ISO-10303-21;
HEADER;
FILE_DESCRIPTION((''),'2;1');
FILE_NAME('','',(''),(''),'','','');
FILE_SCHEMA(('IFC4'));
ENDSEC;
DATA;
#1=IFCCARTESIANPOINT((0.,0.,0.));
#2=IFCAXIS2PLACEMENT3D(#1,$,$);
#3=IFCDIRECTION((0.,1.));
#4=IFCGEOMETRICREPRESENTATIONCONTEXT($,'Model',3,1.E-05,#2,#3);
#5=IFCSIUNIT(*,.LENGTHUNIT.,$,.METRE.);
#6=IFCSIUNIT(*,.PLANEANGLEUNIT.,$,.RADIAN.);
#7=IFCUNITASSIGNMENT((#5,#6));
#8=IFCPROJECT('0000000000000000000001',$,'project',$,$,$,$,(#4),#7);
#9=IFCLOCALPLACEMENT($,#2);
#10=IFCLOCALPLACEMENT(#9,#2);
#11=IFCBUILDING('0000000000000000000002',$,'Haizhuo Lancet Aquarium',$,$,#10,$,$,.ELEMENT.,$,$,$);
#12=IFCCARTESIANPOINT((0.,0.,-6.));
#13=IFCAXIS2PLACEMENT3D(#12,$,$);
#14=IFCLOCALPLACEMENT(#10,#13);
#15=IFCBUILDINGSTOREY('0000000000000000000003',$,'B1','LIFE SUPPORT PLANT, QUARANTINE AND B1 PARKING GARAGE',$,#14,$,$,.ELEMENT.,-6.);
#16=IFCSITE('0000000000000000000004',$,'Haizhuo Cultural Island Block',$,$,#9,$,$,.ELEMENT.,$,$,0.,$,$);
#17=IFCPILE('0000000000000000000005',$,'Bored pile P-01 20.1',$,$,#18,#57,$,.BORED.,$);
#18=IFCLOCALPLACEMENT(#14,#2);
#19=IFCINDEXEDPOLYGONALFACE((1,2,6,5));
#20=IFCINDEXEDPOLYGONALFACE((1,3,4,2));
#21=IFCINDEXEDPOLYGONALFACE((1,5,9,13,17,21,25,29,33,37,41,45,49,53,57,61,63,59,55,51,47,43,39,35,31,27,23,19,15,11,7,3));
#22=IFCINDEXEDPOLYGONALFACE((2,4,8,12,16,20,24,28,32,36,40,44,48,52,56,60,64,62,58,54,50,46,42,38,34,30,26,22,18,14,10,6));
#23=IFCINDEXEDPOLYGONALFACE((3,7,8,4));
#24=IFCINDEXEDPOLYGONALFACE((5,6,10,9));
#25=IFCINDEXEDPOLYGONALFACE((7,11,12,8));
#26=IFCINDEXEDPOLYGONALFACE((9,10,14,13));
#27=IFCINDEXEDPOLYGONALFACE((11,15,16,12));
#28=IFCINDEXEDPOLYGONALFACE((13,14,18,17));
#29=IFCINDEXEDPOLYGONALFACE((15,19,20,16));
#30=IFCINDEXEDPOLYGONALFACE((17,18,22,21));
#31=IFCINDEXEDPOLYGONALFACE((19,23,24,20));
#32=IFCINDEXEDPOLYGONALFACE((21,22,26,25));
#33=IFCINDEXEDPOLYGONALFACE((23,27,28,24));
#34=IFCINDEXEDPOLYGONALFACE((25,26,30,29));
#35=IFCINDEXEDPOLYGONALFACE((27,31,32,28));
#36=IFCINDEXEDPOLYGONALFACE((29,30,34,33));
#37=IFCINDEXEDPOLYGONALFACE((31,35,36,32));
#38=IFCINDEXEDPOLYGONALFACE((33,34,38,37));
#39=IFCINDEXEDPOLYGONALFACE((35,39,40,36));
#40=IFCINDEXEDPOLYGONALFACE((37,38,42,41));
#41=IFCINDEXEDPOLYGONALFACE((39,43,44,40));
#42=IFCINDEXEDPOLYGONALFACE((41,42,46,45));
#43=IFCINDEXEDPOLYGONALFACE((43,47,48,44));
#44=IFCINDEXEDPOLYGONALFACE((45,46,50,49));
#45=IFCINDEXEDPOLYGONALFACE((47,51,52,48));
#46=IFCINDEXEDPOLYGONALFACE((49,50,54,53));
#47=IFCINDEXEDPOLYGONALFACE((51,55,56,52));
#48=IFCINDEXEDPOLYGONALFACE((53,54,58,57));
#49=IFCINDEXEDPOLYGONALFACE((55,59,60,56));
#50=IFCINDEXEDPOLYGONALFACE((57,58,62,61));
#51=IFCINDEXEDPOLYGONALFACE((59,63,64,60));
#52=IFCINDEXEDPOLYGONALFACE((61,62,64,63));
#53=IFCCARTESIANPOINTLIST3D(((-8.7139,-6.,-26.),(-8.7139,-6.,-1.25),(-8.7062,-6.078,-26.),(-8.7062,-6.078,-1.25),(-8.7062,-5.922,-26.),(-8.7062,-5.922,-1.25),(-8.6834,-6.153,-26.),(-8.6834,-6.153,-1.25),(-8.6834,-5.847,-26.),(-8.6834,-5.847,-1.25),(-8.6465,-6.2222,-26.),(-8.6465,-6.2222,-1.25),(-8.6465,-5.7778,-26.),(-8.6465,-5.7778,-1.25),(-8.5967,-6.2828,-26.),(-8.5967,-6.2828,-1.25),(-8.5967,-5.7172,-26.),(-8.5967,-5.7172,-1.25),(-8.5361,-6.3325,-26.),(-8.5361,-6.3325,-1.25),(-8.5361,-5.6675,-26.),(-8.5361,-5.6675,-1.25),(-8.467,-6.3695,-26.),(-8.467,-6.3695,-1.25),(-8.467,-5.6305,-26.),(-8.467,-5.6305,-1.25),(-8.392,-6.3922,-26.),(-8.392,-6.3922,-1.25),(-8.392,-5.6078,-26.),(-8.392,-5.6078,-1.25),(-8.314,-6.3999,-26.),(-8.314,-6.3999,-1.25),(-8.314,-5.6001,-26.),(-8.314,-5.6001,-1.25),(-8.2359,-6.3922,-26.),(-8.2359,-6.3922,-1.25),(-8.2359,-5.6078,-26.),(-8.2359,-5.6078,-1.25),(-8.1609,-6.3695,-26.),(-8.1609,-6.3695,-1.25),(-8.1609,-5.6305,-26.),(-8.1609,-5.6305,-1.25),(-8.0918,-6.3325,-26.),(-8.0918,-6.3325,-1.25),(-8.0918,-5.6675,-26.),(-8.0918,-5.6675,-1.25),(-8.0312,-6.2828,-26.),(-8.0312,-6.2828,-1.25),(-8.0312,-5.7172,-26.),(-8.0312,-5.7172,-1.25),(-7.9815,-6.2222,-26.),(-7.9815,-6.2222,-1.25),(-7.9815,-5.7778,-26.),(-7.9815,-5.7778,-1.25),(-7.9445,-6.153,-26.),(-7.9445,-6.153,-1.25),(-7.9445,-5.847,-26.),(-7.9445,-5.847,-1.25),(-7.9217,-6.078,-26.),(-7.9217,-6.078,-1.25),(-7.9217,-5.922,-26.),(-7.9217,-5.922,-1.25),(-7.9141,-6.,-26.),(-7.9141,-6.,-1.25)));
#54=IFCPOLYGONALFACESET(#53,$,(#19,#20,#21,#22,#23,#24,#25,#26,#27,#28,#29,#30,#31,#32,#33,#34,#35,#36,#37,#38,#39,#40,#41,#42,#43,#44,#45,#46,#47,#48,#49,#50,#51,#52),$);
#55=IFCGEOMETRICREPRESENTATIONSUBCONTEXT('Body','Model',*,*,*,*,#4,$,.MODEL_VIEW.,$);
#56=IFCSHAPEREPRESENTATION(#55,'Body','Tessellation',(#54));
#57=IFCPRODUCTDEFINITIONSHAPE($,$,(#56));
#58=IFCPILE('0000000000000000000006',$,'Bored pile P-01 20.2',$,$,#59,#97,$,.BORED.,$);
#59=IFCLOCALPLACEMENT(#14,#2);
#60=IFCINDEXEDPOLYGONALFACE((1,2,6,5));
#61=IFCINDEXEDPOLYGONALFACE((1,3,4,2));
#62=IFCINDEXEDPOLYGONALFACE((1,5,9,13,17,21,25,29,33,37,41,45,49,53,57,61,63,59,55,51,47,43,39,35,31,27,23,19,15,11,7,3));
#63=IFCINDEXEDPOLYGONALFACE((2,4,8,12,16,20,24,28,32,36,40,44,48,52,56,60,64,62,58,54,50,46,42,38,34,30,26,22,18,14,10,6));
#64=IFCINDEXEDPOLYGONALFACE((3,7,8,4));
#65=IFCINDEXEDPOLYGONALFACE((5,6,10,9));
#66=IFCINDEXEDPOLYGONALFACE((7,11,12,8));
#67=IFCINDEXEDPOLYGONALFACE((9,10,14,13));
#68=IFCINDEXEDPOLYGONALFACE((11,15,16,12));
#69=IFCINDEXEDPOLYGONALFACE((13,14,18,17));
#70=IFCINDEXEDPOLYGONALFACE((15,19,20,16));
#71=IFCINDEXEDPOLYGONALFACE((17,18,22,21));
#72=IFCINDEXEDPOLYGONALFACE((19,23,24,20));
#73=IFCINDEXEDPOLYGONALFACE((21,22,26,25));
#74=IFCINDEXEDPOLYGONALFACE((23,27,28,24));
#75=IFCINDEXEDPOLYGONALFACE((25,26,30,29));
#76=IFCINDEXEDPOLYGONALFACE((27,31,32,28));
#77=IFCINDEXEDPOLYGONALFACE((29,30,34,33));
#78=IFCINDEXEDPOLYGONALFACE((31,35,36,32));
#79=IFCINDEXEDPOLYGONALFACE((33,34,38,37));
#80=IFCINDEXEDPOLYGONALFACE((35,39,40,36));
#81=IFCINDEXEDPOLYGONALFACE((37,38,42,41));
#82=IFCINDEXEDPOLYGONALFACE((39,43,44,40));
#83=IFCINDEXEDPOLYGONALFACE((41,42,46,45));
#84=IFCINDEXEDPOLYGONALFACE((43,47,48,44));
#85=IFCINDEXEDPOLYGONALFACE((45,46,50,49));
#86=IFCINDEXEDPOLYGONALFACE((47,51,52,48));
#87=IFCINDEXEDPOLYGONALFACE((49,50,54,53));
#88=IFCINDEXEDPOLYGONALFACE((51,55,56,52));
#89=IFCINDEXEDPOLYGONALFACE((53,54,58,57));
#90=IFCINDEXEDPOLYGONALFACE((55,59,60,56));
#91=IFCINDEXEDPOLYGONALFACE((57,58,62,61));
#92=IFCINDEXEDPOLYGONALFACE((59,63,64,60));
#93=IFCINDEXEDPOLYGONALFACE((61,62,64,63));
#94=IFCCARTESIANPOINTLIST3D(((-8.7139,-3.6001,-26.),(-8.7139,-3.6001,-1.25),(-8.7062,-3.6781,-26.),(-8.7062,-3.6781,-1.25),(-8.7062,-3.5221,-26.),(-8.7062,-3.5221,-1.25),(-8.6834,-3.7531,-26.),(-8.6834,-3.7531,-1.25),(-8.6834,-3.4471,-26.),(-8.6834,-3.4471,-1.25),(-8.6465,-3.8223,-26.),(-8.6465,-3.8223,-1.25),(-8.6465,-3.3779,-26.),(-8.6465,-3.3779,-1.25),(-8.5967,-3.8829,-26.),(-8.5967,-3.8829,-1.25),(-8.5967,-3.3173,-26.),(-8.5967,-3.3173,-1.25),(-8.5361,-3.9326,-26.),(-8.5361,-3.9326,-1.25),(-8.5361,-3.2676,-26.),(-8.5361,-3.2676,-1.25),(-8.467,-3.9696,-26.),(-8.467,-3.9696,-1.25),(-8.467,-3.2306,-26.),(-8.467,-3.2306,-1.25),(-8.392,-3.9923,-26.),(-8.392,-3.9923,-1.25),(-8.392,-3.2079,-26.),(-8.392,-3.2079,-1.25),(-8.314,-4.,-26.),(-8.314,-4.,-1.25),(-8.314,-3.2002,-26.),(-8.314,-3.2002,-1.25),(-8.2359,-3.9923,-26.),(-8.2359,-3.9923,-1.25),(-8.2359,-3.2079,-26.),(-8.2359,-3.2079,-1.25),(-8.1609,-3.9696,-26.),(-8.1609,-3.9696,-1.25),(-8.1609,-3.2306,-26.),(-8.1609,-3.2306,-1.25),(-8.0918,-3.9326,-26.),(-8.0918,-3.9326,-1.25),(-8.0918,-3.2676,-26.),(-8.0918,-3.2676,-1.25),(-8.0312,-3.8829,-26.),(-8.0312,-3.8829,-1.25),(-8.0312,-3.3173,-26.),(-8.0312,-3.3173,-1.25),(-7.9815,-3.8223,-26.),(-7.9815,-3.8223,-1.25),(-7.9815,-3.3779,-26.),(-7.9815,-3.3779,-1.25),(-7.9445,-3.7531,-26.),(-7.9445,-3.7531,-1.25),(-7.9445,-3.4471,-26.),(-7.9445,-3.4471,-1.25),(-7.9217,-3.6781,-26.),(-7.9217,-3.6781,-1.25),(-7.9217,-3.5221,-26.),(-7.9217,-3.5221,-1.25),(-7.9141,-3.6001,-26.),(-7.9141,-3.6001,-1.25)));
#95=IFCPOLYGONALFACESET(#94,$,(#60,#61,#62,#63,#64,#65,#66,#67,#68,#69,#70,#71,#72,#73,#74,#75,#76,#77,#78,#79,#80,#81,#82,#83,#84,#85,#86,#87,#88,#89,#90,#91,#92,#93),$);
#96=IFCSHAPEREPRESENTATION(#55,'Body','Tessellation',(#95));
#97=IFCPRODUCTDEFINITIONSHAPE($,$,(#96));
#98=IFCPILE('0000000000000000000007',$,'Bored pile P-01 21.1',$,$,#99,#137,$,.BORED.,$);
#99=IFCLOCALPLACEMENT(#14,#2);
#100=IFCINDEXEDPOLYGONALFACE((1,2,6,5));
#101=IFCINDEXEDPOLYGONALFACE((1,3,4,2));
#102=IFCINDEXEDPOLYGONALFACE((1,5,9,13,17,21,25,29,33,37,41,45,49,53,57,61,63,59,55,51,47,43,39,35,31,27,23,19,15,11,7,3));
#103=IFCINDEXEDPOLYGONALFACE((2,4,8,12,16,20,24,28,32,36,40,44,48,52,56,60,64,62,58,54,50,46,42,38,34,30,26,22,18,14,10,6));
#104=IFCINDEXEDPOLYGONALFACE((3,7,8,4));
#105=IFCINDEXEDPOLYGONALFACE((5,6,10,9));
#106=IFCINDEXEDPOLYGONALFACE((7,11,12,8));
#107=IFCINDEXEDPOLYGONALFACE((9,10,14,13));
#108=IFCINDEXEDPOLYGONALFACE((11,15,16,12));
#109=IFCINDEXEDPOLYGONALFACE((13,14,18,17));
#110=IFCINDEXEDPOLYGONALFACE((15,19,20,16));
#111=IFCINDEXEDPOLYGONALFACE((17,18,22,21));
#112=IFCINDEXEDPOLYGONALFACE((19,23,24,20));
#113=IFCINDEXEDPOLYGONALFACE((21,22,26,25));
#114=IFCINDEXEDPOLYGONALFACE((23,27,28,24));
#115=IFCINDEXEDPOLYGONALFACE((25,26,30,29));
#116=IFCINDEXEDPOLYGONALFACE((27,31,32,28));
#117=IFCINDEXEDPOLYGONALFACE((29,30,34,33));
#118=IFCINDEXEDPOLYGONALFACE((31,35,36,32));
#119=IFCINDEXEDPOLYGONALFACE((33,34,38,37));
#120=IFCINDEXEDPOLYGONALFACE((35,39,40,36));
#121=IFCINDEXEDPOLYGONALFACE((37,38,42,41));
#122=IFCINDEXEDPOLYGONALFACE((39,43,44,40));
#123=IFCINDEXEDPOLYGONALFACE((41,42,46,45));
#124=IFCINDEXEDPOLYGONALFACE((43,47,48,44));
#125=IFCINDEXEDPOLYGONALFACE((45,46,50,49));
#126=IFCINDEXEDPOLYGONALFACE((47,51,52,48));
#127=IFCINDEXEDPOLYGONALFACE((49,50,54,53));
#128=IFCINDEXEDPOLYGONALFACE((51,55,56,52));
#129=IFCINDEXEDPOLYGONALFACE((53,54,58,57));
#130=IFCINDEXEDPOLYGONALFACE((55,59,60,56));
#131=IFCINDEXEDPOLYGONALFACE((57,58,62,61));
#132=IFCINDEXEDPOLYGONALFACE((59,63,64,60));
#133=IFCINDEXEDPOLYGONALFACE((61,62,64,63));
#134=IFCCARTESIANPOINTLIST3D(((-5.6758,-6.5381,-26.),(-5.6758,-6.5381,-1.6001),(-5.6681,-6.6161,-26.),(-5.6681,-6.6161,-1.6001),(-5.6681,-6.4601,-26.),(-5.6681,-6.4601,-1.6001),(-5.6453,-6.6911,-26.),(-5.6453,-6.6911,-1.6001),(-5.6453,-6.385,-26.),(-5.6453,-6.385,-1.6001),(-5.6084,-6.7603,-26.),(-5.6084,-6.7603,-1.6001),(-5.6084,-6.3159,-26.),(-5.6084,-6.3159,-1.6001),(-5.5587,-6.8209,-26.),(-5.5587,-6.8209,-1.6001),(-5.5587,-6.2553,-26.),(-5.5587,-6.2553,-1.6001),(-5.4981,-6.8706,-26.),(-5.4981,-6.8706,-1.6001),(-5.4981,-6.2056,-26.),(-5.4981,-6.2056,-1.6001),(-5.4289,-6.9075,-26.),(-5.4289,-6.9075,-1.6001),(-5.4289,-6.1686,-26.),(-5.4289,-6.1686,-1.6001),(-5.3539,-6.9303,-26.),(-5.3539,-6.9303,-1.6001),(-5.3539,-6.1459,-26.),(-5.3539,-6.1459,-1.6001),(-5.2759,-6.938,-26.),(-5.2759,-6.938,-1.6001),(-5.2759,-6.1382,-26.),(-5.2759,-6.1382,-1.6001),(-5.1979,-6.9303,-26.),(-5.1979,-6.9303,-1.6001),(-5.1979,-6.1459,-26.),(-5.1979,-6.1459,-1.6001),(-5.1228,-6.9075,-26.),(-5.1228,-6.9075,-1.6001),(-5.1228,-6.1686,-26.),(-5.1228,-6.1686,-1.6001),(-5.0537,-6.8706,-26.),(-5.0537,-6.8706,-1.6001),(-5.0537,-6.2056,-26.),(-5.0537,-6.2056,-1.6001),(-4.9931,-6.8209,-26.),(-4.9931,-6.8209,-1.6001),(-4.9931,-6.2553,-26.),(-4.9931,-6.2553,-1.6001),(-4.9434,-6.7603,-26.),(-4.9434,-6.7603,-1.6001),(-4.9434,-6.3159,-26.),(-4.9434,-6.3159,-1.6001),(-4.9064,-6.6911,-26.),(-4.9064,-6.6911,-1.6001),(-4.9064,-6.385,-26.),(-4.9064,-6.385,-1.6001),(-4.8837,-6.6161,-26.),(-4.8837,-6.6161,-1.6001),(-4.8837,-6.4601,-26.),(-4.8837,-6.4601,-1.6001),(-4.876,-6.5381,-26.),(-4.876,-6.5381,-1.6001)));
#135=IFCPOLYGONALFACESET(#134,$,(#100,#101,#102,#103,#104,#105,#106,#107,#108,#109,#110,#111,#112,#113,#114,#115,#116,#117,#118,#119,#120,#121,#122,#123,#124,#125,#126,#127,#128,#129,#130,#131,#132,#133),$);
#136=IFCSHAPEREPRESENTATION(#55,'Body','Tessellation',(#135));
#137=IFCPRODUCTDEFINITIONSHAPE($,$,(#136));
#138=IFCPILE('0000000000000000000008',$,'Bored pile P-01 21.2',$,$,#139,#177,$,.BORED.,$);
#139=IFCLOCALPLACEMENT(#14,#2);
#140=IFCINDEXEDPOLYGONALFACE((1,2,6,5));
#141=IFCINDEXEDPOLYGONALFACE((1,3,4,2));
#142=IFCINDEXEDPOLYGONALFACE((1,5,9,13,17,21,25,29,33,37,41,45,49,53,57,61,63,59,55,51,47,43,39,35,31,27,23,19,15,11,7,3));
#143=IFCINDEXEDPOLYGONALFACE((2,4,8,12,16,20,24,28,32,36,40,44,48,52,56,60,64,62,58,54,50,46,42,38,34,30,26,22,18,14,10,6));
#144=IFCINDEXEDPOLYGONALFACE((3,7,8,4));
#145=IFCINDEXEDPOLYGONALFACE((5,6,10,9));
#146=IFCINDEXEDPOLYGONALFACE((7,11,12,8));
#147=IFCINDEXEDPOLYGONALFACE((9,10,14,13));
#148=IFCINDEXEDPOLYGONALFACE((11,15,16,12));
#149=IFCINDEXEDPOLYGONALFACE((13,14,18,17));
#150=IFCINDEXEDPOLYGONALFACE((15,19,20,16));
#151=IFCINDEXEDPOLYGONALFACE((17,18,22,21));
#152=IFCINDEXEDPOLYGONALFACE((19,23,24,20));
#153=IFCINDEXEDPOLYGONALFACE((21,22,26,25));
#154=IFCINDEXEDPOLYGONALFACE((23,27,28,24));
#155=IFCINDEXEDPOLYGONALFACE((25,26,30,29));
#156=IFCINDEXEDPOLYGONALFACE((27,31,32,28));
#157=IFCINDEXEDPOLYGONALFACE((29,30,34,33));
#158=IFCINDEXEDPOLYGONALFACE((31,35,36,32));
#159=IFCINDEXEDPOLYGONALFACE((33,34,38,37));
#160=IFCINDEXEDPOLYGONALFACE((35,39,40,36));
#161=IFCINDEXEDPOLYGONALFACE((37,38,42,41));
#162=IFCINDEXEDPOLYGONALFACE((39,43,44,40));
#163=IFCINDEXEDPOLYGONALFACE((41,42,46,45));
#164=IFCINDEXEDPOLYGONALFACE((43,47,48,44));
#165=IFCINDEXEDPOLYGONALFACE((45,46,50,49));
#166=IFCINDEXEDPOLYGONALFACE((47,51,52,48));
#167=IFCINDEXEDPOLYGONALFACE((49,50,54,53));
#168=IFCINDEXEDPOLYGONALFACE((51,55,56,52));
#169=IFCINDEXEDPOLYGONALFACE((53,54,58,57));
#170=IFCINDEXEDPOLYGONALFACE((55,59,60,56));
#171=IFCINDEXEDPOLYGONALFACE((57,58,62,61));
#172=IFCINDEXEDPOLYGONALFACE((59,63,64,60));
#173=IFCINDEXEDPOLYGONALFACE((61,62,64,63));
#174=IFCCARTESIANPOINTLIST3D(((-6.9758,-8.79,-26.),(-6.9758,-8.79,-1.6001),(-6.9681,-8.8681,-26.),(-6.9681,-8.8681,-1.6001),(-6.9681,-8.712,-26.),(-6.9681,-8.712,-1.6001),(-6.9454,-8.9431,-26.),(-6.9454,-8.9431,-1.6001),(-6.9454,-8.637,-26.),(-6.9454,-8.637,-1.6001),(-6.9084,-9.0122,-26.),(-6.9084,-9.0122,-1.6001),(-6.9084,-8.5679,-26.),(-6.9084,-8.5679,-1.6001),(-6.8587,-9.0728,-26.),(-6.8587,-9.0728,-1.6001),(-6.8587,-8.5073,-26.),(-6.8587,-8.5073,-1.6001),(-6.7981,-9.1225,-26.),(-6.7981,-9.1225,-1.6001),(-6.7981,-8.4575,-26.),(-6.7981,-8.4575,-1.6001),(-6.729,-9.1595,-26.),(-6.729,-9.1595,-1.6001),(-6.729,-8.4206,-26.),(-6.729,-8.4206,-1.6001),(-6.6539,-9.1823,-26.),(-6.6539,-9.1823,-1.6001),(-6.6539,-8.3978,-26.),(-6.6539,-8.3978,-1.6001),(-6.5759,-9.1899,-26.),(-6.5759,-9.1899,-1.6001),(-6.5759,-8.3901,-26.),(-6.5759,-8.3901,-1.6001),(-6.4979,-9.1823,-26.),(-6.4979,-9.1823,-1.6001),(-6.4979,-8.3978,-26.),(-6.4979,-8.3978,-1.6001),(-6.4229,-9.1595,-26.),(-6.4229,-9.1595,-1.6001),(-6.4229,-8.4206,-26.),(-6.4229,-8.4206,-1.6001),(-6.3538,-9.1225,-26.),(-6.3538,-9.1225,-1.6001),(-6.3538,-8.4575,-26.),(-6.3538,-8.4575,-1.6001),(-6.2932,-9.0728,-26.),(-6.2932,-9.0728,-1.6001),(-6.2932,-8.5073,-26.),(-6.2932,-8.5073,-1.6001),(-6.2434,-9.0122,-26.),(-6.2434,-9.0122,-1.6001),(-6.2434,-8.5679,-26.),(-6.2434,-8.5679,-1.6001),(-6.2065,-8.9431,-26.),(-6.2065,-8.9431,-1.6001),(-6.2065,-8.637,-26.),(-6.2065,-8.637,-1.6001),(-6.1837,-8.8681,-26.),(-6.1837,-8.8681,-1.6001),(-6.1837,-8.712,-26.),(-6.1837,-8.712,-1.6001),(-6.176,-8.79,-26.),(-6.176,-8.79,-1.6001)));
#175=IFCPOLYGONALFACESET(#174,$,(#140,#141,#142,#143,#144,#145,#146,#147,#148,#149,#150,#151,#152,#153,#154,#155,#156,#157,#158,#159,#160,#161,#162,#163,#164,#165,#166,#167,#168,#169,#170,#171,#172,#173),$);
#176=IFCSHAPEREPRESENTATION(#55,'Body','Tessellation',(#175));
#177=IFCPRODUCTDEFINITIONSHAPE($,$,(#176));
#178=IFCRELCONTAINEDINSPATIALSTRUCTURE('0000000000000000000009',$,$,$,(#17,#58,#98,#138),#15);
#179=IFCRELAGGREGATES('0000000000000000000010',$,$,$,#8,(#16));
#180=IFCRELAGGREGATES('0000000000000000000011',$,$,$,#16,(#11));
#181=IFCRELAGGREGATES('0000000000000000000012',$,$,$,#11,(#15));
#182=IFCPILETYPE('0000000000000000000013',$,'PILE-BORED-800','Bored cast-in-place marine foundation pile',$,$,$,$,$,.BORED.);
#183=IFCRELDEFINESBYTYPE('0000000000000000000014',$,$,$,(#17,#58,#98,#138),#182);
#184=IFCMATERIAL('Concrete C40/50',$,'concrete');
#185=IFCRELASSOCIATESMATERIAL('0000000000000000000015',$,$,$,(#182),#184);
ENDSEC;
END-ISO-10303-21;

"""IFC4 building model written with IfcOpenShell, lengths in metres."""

from ifc_helpers import new_model, si_unit, direction, frame, origin, origin_2d, place, context, subcontext, project, spatial, circle, extrude, material, material_profile, profile_set, type_object, element, save


model = new_model("IFC4")

# Units and contexts
model_context = context("Model", 3, precision=1e-05, world=origin(), true_north=direction((0.0, 1.0)))
body_context = subcontext(model_context, "Body", "Model", "MODEL_VIEW")
ifc_project = project(units=[si_unit("LENGTHUNIT", "METRE"), si_unit("PLANEANGLEUNIT", "RADIAN")], contexts=[model_context])

# Site, building, storey
site_placement = place(None, origin())
site = spatial("IfcSite", under=ifc_project, at=site_placement, Name="Haizhuo Cultural Island Block", CompositionType="ELEMENT", RefElevation=0.0)
building_placement = place(site_placement, origin())
building = spatial("IfcBuilding", under=site, at=building_placement, Name="Haizhuo Lancet Aquarium", CompositionType="ELEMENT")
storey_placement = place(building_placement, frame((0.0, 0.0, -6.0)))
storey = spatial("IfcBuildingStorey", under=building, at=storey_placement, Name="B1", Description="LIFE SUPPORT PLANT, QUARANTINE AND B1 PARKING GARAGE", CompositionType="ELEMENT", Elevation=-6.0)

# Shared definitions
ifc_material_1 = material(Name="Concrete C40/50", Category="concrete")

# Piles
ifc_material_profile_1 = material_profile(ifc_material_1, circle(Radius=0.3999, at=origin_2d()), Name="PILE-800")
ifc_profile_set_1 = profile_set([ifc_material_profile_1], Name="Concrete C40/50")
pile_type_1 = type_object("IfcPileType", Name="PILE-BORED-800", Description="Bored cast-in-place marine foundation pile", PredefinedType="BORED", material=ifc_profile_set_1)
for number, where, z_axis, x_axis, name in (
    (1, (-8.314, -6.0, -1.25), (0.0, 0.0, -1.0), (1.0, 0.0, 0.0), "Bored pile P-01 20.1"),
    (2, (-8.314, -3.6001, -1.25), (0.0, 0.0, -1.0), (1.0, 0.0, 0.0), "Bored pile P-01 20.2"),
):
    element("IfcPile", number, at=place(storey_placement, frame(where, z_axis=z_axis, x_axis=x_axis)), inside=storey, type_object=pile_type_1, Name=name, PredefinedType="BORED", context=body_context, shape_type="SweptSolid", body=[
        extrude(circle(Radius=0.3999, at=origin_2d()), origin(), (0.0, 0.0, 1.0), 24.75),
    ])
for number, where, z_axis, x_axis, name in (
    (3, (-5.2759, -6.5381, -1.6001), (0.0, 0.0, -1.0), (1.0, 0.0, 0.0), "Bored pile P-01 21.1"),
    (4, (-6.5759, -8.79, -1.6001), (0.0, 0.0, -1.0), (1.0, 0.0, 0.0), "Bored pile P-01 21.2"),
):
    element("IfcPile", number, at=place(storey_placement, frame(where, z_axis=z_axis, x_axis=x_axis)), inside=storey, type_object=pile_type_1, Name=name, PredefinedType="BORED", context=body_context, shape_type="SweptSolid", body=[
        extrude(circle(Radius=0.3999, at=origin_2d()), origin(), (0.0, 0.0, 1.0), 24.3999),
    ])

save(model, "model.ifc")
